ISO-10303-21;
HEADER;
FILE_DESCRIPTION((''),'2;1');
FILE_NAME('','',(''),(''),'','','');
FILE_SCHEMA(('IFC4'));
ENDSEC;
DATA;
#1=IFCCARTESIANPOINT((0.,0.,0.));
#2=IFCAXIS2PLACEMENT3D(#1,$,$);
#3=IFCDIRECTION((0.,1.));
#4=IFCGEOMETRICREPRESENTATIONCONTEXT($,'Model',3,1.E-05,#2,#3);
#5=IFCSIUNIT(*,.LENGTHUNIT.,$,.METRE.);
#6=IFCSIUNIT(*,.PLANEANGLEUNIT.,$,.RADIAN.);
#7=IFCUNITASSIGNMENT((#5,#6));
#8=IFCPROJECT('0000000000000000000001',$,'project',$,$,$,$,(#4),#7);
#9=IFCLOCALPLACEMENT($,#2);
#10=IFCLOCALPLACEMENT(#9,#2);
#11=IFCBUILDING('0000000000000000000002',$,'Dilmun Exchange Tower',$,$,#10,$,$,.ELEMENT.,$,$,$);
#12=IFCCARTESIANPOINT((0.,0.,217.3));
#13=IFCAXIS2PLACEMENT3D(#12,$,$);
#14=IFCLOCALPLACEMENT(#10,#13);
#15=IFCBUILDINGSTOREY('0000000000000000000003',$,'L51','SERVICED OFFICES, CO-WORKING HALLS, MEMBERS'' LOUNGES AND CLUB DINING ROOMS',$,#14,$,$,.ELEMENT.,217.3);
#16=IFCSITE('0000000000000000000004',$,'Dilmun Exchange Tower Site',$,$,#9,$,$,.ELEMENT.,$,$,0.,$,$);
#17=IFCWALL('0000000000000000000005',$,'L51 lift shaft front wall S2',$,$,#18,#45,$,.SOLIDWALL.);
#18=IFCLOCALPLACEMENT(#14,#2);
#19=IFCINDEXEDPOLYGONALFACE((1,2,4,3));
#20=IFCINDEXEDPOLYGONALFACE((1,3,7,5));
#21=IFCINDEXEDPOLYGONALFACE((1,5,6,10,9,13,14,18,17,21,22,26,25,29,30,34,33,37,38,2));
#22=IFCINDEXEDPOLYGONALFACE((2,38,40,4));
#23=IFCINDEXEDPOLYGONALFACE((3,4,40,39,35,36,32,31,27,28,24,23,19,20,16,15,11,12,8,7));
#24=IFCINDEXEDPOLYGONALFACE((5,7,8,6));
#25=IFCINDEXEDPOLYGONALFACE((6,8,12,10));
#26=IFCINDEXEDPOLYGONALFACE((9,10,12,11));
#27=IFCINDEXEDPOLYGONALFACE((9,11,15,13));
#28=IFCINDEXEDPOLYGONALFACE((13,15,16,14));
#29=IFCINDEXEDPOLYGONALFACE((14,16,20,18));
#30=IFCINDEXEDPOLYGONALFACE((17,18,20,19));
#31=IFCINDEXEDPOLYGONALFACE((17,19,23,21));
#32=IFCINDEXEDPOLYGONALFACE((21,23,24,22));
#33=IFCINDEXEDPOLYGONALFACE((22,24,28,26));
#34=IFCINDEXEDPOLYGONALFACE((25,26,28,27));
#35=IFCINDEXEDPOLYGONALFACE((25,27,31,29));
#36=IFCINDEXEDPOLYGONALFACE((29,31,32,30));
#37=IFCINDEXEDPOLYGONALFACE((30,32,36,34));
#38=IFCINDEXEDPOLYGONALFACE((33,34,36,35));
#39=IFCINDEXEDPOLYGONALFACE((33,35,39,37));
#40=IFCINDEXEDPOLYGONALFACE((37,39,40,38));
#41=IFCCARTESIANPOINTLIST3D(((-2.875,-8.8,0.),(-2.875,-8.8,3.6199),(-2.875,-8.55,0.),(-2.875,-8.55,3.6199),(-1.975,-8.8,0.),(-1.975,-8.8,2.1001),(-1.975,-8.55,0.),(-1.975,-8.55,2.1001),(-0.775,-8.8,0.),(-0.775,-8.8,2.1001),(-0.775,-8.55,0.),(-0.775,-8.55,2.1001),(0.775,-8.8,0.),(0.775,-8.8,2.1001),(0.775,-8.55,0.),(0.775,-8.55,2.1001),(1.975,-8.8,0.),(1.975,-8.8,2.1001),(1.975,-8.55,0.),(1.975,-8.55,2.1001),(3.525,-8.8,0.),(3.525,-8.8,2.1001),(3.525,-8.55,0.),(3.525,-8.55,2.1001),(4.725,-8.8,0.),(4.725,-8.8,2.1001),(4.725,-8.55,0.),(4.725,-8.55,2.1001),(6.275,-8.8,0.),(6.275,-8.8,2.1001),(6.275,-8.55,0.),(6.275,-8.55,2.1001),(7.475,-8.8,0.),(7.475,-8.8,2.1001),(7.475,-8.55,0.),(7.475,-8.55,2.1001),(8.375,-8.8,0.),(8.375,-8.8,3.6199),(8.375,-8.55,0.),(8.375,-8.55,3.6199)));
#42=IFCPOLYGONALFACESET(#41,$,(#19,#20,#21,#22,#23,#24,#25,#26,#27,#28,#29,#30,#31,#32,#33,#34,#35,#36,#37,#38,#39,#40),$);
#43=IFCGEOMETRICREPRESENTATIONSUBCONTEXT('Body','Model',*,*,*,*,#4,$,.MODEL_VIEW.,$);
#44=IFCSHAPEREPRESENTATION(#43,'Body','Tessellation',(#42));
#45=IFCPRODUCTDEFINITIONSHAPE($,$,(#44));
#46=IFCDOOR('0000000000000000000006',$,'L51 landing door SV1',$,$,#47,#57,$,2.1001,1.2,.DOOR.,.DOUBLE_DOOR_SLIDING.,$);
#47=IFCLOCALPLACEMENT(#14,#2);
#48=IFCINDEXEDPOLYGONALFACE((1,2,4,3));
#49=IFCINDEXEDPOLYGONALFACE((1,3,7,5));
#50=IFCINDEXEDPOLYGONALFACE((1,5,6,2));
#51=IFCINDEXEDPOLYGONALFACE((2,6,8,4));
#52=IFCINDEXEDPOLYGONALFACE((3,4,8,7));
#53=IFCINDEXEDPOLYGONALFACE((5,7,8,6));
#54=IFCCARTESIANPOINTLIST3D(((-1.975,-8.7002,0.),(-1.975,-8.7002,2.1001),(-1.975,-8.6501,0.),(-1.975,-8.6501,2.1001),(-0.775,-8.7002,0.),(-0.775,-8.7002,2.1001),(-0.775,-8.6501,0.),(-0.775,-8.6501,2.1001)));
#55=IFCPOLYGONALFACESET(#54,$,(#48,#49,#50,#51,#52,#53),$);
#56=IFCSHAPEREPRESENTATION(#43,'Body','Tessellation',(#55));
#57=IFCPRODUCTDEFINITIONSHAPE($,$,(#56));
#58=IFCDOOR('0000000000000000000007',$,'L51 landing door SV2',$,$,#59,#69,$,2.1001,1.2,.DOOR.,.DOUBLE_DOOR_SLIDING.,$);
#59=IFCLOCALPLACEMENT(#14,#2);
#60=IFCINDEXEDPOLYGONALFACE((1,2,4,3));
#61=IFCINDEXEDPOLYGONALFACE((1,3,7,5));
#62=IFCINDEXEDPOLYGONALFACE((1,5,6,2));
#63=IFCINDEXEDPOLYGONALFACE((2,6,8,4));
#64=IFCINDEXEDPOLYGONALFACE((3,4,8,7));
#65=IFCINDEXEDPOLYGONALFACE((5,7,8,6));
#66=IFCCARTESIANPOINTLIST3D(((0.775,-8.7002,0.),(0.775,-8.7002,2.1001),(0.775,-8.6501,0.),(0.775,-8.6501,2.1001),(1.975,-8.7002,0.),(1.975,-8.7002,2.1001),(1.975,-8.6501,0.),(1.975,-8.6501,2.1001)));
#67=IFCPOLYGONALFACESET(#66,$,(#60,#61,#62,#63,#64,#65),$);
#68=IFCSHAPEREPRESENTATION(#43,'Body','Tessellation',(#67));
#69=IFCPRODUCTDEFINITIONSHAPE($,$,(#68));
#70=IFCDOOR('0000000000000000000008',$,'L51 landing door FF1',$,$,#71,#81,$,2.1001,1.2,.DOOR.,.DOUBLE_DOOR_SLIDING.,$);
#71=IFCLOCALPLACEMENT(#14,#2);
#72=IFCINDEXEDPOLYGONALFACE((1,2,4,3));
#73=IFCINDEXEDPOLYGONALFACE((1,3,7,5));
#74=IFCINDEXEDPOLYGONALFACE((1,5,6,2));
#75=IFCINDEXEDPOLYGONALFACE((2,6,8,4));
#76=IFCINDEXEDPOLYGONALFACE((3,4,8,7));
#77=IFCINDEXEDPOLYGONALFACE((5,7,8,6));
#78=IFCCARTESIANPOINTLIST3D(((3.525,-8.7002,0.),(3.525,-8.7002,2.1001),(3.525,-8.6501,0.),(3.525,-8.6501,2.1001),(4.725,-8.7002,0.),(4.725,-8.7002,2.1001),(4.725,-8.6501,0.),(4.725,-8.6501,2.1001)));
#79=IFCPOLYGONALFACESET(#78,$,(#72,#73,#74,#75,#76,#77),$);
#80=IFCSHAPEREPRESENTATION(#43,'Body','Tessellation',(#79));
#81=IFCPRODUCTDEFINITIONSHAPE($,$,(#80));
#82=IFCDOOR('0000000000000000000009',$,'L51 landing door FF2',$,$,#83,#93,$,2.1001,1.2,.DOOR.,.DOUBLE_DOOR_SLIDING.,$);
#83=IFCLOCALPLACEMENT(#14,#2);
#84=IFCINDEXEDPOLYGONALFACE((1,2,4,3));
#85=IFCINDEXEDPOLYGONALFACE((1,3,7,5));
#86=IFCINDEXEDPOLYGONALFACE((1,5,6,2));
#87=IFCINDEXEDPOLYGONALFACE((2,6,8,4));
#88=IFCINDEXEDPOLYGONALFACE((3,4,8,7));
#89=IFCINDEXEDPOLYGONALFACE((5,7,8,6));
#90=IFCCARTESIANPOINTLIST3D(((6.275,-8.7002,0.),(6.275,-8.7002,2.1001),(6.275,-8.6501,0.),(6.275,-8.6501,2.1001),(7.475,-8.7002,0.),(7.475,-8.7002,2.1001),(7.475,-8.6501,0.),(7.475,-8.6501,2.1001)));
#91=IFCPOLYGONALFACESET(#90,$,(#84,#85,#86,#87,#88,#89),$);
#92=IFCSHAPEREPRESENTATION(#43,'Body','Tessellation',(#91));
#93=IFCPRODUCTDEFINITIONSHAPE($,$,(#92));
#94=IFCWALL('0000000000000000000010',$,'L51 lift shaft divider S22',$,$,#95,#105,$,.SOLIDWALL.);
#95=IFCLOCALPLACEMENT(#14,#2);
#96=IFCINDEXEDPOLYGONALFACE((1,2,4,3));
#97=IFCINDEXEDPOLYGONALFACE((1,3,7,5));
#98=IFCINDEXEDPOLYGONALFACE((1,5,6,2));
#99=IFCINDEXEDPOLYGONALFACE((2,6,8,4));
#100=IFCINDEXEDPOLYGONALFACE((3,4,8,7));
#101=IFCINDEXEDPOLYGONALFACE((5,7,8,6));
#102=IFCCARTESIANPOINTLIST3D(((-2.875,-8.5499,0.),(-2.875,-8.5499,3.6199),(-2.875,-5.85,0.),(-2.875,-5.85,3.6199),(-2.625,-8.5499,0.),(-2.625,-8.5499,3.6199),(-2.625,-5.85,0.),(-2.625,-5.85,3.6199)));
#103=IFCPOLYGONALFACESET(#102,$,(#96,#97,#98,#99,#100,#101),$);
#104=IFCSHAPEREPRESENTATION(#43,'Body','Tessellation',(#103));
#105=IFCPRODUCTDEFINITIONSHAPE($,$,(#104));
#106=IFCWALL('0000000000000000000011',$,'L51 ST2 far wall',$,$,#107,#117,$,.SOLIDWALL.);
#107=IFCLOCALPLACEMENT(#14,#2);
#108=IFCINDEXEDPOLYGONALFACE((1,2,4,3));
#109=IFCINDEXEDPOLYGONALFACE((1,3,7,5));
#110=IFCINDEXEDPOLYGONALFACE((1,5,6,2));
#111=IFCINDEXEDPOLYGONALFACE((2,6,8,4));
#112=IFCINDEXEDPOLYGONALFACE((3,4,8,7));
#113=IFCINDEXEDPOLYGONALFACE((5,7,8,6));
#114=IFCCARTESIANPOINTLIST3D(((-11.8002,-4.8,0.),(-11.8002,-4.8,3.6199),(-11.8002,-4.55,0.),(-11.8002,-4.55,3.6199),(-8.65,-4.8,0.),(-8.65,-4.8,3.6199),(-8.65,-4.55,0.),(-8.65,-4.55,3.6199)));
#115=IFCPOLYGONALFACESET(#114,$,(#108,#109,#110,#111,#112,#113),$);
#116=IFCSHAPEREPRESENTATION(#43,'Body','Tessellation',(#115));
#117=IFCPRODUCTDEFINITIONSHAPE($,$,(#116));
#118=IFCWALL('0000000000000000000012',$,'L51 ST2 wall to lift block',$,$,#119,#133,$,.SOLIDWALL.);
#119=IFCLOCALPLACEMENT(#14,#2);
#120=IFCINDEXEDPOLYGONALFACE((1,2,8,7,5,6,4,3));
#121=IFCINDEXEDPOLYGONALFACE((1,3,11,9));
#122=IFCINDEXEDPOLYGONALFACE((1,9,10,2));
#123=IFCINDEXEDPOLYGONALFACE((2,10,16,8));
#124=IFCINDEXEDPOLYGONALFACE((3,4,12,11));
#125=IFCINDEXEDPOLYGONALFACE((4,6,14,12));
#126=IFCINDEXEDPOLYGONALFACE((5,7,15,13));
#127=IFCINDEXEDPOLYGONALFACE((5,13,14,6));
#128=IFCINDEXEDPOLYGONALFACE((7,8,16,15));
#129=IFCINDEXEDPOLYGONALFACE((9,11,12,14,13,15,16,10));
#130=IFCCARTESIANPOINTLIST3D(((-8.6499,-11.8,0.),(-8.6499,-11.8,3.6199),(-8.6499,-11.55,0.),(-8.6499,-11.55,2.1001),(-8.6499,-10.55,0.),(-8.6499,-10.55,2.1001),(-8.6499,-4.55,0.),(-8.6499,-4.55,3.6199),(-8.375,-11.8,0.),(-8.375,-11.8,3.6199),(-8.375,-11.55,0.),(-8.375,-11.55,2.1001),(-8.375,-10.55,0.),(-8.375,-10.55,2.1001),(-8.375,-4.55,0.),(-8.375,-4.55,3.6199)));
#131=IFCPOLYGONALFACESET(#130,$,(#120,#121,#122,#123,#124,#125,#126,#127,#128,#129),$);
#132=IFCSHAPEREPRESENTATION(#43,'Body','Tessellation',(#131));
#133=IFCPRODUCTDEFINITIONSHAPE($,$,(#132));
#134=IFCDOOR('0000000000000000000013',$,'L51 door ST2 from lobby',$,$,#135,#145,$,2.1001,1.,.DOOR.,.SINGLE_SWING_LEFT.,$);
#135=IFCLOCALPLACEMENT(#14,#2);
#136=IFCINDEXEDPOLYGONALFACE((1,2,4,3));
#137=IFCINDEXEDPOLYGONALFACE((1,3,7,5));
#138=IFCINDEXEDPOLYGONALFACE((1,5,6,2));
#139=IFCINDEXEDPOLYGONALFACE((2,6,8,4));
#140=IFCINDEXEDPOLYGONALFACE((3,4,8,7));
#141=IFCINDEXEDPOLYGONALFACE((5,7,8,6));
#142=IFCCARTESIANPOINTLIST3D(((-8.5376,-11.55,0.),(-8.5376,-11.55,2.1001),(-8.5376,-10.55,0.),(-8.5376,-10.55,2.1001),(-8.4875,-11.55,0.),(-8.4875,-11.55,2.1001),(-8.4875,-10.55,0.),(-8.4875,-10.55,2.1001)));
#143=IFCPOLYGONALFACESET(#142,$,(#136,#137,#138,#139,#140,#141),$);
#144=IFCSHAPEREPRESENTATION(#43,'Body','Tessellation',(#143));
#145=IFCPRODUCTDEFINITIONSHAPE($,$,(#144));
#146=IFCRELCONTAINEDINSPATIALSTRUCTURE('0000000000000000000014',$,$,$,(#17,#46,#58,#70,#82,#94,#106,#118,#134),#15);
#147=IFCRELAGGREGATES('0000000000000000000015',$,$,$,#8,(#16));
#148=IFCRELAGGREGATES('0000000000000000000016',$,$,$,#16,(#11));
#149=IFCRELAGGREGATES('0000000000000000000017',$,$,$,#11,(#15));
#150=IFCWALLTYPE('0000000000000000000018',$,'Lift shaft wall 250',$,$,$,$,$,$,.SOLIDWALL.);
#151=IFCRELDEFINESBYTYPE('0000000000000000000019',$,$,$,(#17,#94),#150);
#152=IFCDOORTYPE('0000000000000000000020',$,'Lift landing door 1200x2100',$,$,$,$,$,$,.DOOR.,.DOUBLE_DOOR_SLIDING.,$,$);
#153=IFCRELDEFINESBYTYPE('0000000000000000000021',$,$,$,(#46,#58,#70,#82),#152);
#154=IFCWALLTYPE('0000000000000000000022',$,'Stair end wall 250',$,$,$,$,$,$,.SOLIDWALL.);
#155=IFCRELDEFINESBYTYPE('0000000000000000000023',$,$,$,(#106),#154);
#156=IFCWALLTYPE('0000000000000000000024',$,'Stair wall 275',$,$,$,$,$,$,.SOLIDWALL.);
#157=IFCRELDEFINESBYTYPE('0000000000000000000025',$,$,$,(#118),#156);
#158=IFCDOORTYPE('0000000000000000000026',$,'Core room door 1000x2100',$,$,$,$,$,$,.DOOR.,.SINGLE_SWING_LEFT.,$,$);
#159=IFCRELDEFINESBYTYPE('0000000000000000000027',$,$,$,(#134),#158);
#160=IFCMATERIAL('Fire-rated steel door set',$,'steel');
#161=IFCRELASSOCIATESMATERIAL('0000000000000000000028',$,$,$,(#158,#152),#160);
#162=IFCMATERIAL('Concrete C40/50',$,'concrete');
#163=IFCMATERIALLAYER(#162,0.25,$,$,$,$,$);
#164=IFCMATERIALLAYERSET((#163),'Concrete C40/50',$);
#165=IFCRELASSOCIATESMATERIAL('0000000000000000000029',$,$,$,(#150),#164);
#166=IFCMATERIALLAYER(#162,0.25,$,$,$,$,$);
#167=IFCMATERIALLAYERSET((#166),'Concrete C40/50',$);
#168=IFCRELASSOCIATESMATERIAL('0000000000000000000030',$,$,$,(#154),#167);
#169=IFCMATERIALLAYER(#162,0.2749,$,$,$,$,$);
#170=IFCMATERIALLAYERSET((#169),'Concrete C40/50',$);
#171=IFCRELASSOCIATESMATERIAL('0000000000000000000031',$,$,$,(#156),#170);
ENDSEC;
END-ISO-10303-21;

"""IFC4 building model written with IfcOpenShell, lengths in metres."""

from ifc_helpers import new_model, si_unit, direction, frame, frame_2d, origin, place, context, subcontext, project, spatial, rectangle, extrude, material, layer, layer_set, type_object, element, fill, save


model = new_model("IFC4")

# Units and contexts
model_context = context("Model", 3, precision=1e-05, world=origin(), true_north=direction((0.0, 1.0)))
body_context = subcontext(model_context, "Body", "Model", "MODEL_VIEW")
ifc_project = project(units=[si_unit("LENGTHUNIT", "METRE"), si_unit("PLANEANGLEUNIT", "RADIAN")], contexts=[model_context])

# Site, building, storey
site_placement = place(None, origin())
site = spatial("IfcSite", under=ifc_project, at=site_placement, Name="Dilmun Exchange Tower Site", CompositionType="ELEMENT", RefElevation=0.0)
building_placement = place(site_placement, origin())
building = spatial("IfcBuilding", under=site, at=building_placement, Name="Dilmun Exchange Tower", CompositionType="ELEMENT")
storey_placement = place(building_placement, frame((0.0, 0.0, 217.3)))
storey = spatial("IfcBuildingStorey", under=building, at=storey_placement, Name="L51", Description="SERVICED OFFICES, CO-WORKING HALLS, MEMBERS' LOUNGES AND CLUB DINING ROOMS", CompositionType="ELEMENT", Elevation=217.3)

# Shared definitions
ifc_material_1 = material(Name="Concrete C40/50", Category="concrete")

# Shared definitions
ifc_material_2 = material(Name="Fire-rated steel door set", Category="steel")
door_type_1 = type_object("IfcDoorType", Name="Core room door 1000x2100", OperationType="SINGLE_SWING_LEFT", PredefinedType="DOOR", material=ifc_material_2)

# Shared definitions
ifc_layer_1 = layer(ifc_material_1, 0.25)
ifc_layer_set_1 = layer_set([ifc_layer_1], Name="Concrete C40/50")
wall_type_1 = type_object("IfcWallType", Name="Lift shaft wall 250", PredefinedType="SOLIDWALL", material=ifc_layer_set_1)

# Wall, openings, doors
wall_1_placement = place(storey_placement, frame((-2.875, -8.675, 0.0), z_axis=(0.0, 0.0, 1.0), x_axis=(1.0, 0.0, 0.0)))
wall_1 = element("IfcWall", 1, at=wall_1_placement, inside=storey, type_object=wall_type_1, Name="L51 lift shaft front wall S2", PredefinedType="SOLIDWALL", context=body_context, shape_type="SweptSolid", body=[
    extrude(rectangle(XDim=11.25, YDim=0.25, at=frame_2d((5.625, 0.0))), origin(), (0.0, 0.0, 1.0), 3.6199),
])
opening_1_placement = place(wall_1_placement, frame((0.8999, 0.0, 0.0)))
opening_1 = element("IfcOpeningElement", 2, at=opening_1_placement, cuts=wall_1, PredefinedType="OPENING", context=body_context, shape_type="SweptSolid", body=[
    extrude(rectangle(XDim=1.2, YDim=2.1001, at=frame_2d((0.6001, 1.05))), frame((0.0, 0.135, 0.0), z_axis=(0.0, -1.0, 0.0), x_axis=(1.0, 0.0, 0.0)), (0.0, 0.0, 1.0), 0.27),
])
opening_2_placement = place(wall_1_placement, frame((3.6499, 0.0, 0.0)))
opening_2 = element("IfcOpeningElement", 3, at=opening_2_placement, cuts=wall_1, PredefinedType="OPENING", context=body_context, shape_type="SweptSolid", body=[
    extrude(rectangle(XDim=1.2, YDim=2.1001, at=frame_2d((0.6001, 1.05))), frame((0.0, 0.135, 0.0), z_axis=(0.0, -1.0, 0.0), x_axis=(1.0, 0.0, 0.0)), (0.0, 0.0, 1.0), 0.27),
])
opening_3_placement = place(wall_1_placement, frame((6.3999, 0.0, 0.0)))
opening_3 = element("IfcOpeningElement", 4, at=opening_3_placement, cuts=wall_1, PredefinedType="OPENING", context=body_context, shape_type="SweptSolid", body=[
    extrude(rectangle(XDim=1.2, YDim=2.1001, at=frame_2d((0.6001, 1.05))), frame((0.0, 0.135, 0.0), z_axis=(0.0, -1.0, 0.0), x_axis=(1.0, 0.0, 0.0)), (0.0, 0.0, 1.0), 0.27),
])
opening_4_placement = place(wall_1_placement, frame((9.1499, 0.0, 0.0)))
opening_4 = element("IfcOpeningElement", 5, at=opening_4_placement, cuts=wall_1, PredefinedType="OPENING", context=body_context, shape_type="SweptSolid", body=[
    extrude(rectangle(XDim=1.2, YDim=2.1001, at=frame_2d((0.6001, 1.05))), frame((0.0, 0.135, 0.0), z_axis=(0.0, -1.0, 0.0), x_axis=(1.0, 0.0, 0.0)), (0.0, 0.0, 1.0), 0.27),
])
door_type_2 = type_object("IfcDoorType", Name="Lift landing door 1200x2100", OperationType="DOUBLE_DOOR_SLIDING", PredefinedType="DOOR", material=ifc_material_2)
door_1_placement = place(opening_1_placement, origin())
door_1 = element("IfcDoor", 6, at=door_1_placement, inside=storey, type_object=door_type_2, Name="L51 landing door SV1", OperationType="DOUBLE_DOOR_SLIDING", OverallHeight=2.1001, OverallWidth=1.2, PredefinedType="DOOR", context=body_context, shape_type="SweptSolid", body=[
    extrude(rectangle(XDim=1.2, YDim=2.1001, at=frame_2d((0.6001, 1.05))), frame((0.0, 0.0249, 0.0), z_axis=(0.0, -1.0, 0.0), x_axis=(1.0, 0.0, 0.0)), (0.0, 0.0, 1.0), 0.05),
])
fill(opening_1, door_1)
door_2_placement = place(opening_2_placement, origin())
door_2 = element("IfcDoor", 7, at=door_2_placement, inside=storey, type_object=door_type_2, Name="L51 landing door SV2", OperationType="DOUBLE_DOOR_SLIDING", OverallHeight=2.1001, OverallWidth=1.2, PredefinedType="DOOR", context=body_context, shape_type="SweptSolid", body=[
    extrude(rectangle(XDim=1.2, YDim=2.1001, at=frame_2d((0.6001, 1.05))), frame((0.0, 0.0249, 0.0), z_axis=(0.0, -1.0, 0.0), x_axis=(1.0, 0.0, 0.0)), (0.0, 0.0, 1.0), 0.05),
])
fill(opening_2, door_2)
door_3_placement = place(opening_3_placement, origin())
door_3 = element("IfcDoor", 8, at=door_3_placement, inside=storey, type_object=door_type_2, Name="L51 landing door FF1", OperationType="DOUBLE_DOOR_SLIDING", OverallHeight=2.1001, OverallWidth=1.2, PredefinedType="DOOR", context=body_context, shape_type="SweptSolid", body=[
    extrude(rectangle(XDim=1.2, YDim=2.1001, at=frame_2d((0.6001, 1.05))), frame((0.0, 0.0249, 0.0), z_axis=(0.0, -1.0, 0.0), x_axis=(1.0, 0.0, 0.0)), (0.0, 0.0, 1.0), 0.05),
])
fill(opening_3, door_3)
door_4_placement = place(opening_4_placement, origin())
door_4 = element("IfcDoor", 9, at=door_4_placement, inside=storey, type_object=door_type_2, Name="L51 landing door FF2", OperationType="DOUBLE_DOOR_SLIDING", OverallHeight=2.1001, OverallWidth=1.2, PredefinedType="DOOR", context=body_context, shape_type="SweptSolid", body=[
    extrude(rectangle(XDim=1.2, YDim=2.1001, at=frame_2d((0.6001, 1.05))), frame((0.0, 0.0249, 0.0), z_axis=(0.0, -1.0, 0.0), x_axis=(1.0, 0.0, 0.0)), (0.0, 0.0, 1.0), 0.05),
])
fill(opening_4, door_4)

# Walls
wall_2_placement = place(storey_placement, frame((-2.75, -8.55, 0.0), z_axis=(0.0, 0.0, 1.0), x_axis=(0.0, 1.0, 0.0)))
element("IfcWall", 10, at=wall_2_placement, inside=storey, type_object=wall_type_1, Name="L51 lift shaft divider S22", PredefinedType="SOLIDWALL", context=body_context, shape_type="SweptSolid", body=[
    extrude(rectangle(XDim=2.7, YDim=0.25, at=frame_2d((1.3501, 0.0))), origin(), (0.0, 0.0, 1.0), 3.6199),
])
ifc_layer_2 = layer(ifc_material_1, 0.25)
ifc_layer_set_2 = layer_set([ifc_layer_2], Name="Concrete C40/50")
wall_type_2 = type_object("IfcWallType", Name="Stair end wall 250", PredefinedType="SOLIDWALL", material=ifc_layer_set_2)
wall_3_placement = place(storey_placement, frame((-8.6499, -4.675, 0.0), z_axis=(0.0, 0.0, 1.0), x_axis=(-1.0, 0.0, 0.0)))
element("IfcWall", 11, at=wall_3_placement, inside=storey, type_object=wall_type_2, Name="L51 ST2 far wall", PredefinedType="SOLIDWALL", context=body_context, shape_type="SweptSolid", body=[
    extrude(rectangle(XDim=3.1501, YDim=0.25, at=frame_2d((1.5752, 0.0))), origin(), (0.0, 0.0, 1.0), 3.6199),
])

# Wall, opening, door
ifc_layer_3 = layer(ifc_material_1, 0.2749)
ifc_layer_set_3 = layer_set([ifc_layer_3], Name="Concrete C40/50")
wall_type_3 = type_object("IfcWallType", Name="Stair wall 275", PredefinedType="SOLIDWALL", material=ifc_layer_set_3)
wall_4_placement = place(storey_placement, frame((-8.5125, -4.55, 0.0), z_axis=(0.0, 0.0, 1.0), x_axis=(0.0, -1.0, 0.0)))
wall_4 = element("IfcWall", 12, at=wall_4_placement, inside=storey, type_object=wall_type_3, Name="L51 ST2 wall to lift block", PredefinedType="SOLIDWALL", context=body_context, shape_type="SweptSolid", body=[
    extrude(rectangle(XDim=7.25, YDim=0.2749, at=frame_2d((3.625, 0.0))), origin(), (0.0, 0.0, 1.0), 3.6199),
])
opening_5_placement = place(wall_4_placement, frame((6.0, 0.0, 0.0)))
opening_5 = element("IfcOpeningElement", 13, at=opening_5_placement, cuts=wall_4, PredefinedType="OPENING", context=body_context, shape_type="SweptSolid", body=[
    extrude(rectangle(XDim=1.0, YDim=2.1001, at=frame_2d((0.5, 1.05))), frame((0.0, 0.1475, 0.0), z_axis=(0.0, -1.0, 0.0), x_axis=(1.0, 0.0, 0.0)), (0.0, 0.0, 1.0), 0.2949),
])
door_5_placement = place(opening_5_placement, origin())
door_5 = element("IfcDoor", 14, at=door_5_placement, inside=storey, type_object=door_type_1, Name="L51 door ST2 from lobby", OperationType="SINGLE_SWING_LEFT", OverallHeight=2.1001, OverallWidth=1.0, PredefinedType="DOOR", context=body_context, shape_type="SweptSolid", body=[
    extrude(rectangle(XDim=1.0, YDim=2.1001, at=frame_2d((0.5, 1.05))), frame((0.0, 0.0249, 0.0), z_axis=(0.0, -1.0, 0.0), x_axis=(1.0, 0.0, 0.0)), (0.0, 0.0, 1.0), 0.05),
])
fill(opening_5, door_5)

save(model, "model.ifc")
